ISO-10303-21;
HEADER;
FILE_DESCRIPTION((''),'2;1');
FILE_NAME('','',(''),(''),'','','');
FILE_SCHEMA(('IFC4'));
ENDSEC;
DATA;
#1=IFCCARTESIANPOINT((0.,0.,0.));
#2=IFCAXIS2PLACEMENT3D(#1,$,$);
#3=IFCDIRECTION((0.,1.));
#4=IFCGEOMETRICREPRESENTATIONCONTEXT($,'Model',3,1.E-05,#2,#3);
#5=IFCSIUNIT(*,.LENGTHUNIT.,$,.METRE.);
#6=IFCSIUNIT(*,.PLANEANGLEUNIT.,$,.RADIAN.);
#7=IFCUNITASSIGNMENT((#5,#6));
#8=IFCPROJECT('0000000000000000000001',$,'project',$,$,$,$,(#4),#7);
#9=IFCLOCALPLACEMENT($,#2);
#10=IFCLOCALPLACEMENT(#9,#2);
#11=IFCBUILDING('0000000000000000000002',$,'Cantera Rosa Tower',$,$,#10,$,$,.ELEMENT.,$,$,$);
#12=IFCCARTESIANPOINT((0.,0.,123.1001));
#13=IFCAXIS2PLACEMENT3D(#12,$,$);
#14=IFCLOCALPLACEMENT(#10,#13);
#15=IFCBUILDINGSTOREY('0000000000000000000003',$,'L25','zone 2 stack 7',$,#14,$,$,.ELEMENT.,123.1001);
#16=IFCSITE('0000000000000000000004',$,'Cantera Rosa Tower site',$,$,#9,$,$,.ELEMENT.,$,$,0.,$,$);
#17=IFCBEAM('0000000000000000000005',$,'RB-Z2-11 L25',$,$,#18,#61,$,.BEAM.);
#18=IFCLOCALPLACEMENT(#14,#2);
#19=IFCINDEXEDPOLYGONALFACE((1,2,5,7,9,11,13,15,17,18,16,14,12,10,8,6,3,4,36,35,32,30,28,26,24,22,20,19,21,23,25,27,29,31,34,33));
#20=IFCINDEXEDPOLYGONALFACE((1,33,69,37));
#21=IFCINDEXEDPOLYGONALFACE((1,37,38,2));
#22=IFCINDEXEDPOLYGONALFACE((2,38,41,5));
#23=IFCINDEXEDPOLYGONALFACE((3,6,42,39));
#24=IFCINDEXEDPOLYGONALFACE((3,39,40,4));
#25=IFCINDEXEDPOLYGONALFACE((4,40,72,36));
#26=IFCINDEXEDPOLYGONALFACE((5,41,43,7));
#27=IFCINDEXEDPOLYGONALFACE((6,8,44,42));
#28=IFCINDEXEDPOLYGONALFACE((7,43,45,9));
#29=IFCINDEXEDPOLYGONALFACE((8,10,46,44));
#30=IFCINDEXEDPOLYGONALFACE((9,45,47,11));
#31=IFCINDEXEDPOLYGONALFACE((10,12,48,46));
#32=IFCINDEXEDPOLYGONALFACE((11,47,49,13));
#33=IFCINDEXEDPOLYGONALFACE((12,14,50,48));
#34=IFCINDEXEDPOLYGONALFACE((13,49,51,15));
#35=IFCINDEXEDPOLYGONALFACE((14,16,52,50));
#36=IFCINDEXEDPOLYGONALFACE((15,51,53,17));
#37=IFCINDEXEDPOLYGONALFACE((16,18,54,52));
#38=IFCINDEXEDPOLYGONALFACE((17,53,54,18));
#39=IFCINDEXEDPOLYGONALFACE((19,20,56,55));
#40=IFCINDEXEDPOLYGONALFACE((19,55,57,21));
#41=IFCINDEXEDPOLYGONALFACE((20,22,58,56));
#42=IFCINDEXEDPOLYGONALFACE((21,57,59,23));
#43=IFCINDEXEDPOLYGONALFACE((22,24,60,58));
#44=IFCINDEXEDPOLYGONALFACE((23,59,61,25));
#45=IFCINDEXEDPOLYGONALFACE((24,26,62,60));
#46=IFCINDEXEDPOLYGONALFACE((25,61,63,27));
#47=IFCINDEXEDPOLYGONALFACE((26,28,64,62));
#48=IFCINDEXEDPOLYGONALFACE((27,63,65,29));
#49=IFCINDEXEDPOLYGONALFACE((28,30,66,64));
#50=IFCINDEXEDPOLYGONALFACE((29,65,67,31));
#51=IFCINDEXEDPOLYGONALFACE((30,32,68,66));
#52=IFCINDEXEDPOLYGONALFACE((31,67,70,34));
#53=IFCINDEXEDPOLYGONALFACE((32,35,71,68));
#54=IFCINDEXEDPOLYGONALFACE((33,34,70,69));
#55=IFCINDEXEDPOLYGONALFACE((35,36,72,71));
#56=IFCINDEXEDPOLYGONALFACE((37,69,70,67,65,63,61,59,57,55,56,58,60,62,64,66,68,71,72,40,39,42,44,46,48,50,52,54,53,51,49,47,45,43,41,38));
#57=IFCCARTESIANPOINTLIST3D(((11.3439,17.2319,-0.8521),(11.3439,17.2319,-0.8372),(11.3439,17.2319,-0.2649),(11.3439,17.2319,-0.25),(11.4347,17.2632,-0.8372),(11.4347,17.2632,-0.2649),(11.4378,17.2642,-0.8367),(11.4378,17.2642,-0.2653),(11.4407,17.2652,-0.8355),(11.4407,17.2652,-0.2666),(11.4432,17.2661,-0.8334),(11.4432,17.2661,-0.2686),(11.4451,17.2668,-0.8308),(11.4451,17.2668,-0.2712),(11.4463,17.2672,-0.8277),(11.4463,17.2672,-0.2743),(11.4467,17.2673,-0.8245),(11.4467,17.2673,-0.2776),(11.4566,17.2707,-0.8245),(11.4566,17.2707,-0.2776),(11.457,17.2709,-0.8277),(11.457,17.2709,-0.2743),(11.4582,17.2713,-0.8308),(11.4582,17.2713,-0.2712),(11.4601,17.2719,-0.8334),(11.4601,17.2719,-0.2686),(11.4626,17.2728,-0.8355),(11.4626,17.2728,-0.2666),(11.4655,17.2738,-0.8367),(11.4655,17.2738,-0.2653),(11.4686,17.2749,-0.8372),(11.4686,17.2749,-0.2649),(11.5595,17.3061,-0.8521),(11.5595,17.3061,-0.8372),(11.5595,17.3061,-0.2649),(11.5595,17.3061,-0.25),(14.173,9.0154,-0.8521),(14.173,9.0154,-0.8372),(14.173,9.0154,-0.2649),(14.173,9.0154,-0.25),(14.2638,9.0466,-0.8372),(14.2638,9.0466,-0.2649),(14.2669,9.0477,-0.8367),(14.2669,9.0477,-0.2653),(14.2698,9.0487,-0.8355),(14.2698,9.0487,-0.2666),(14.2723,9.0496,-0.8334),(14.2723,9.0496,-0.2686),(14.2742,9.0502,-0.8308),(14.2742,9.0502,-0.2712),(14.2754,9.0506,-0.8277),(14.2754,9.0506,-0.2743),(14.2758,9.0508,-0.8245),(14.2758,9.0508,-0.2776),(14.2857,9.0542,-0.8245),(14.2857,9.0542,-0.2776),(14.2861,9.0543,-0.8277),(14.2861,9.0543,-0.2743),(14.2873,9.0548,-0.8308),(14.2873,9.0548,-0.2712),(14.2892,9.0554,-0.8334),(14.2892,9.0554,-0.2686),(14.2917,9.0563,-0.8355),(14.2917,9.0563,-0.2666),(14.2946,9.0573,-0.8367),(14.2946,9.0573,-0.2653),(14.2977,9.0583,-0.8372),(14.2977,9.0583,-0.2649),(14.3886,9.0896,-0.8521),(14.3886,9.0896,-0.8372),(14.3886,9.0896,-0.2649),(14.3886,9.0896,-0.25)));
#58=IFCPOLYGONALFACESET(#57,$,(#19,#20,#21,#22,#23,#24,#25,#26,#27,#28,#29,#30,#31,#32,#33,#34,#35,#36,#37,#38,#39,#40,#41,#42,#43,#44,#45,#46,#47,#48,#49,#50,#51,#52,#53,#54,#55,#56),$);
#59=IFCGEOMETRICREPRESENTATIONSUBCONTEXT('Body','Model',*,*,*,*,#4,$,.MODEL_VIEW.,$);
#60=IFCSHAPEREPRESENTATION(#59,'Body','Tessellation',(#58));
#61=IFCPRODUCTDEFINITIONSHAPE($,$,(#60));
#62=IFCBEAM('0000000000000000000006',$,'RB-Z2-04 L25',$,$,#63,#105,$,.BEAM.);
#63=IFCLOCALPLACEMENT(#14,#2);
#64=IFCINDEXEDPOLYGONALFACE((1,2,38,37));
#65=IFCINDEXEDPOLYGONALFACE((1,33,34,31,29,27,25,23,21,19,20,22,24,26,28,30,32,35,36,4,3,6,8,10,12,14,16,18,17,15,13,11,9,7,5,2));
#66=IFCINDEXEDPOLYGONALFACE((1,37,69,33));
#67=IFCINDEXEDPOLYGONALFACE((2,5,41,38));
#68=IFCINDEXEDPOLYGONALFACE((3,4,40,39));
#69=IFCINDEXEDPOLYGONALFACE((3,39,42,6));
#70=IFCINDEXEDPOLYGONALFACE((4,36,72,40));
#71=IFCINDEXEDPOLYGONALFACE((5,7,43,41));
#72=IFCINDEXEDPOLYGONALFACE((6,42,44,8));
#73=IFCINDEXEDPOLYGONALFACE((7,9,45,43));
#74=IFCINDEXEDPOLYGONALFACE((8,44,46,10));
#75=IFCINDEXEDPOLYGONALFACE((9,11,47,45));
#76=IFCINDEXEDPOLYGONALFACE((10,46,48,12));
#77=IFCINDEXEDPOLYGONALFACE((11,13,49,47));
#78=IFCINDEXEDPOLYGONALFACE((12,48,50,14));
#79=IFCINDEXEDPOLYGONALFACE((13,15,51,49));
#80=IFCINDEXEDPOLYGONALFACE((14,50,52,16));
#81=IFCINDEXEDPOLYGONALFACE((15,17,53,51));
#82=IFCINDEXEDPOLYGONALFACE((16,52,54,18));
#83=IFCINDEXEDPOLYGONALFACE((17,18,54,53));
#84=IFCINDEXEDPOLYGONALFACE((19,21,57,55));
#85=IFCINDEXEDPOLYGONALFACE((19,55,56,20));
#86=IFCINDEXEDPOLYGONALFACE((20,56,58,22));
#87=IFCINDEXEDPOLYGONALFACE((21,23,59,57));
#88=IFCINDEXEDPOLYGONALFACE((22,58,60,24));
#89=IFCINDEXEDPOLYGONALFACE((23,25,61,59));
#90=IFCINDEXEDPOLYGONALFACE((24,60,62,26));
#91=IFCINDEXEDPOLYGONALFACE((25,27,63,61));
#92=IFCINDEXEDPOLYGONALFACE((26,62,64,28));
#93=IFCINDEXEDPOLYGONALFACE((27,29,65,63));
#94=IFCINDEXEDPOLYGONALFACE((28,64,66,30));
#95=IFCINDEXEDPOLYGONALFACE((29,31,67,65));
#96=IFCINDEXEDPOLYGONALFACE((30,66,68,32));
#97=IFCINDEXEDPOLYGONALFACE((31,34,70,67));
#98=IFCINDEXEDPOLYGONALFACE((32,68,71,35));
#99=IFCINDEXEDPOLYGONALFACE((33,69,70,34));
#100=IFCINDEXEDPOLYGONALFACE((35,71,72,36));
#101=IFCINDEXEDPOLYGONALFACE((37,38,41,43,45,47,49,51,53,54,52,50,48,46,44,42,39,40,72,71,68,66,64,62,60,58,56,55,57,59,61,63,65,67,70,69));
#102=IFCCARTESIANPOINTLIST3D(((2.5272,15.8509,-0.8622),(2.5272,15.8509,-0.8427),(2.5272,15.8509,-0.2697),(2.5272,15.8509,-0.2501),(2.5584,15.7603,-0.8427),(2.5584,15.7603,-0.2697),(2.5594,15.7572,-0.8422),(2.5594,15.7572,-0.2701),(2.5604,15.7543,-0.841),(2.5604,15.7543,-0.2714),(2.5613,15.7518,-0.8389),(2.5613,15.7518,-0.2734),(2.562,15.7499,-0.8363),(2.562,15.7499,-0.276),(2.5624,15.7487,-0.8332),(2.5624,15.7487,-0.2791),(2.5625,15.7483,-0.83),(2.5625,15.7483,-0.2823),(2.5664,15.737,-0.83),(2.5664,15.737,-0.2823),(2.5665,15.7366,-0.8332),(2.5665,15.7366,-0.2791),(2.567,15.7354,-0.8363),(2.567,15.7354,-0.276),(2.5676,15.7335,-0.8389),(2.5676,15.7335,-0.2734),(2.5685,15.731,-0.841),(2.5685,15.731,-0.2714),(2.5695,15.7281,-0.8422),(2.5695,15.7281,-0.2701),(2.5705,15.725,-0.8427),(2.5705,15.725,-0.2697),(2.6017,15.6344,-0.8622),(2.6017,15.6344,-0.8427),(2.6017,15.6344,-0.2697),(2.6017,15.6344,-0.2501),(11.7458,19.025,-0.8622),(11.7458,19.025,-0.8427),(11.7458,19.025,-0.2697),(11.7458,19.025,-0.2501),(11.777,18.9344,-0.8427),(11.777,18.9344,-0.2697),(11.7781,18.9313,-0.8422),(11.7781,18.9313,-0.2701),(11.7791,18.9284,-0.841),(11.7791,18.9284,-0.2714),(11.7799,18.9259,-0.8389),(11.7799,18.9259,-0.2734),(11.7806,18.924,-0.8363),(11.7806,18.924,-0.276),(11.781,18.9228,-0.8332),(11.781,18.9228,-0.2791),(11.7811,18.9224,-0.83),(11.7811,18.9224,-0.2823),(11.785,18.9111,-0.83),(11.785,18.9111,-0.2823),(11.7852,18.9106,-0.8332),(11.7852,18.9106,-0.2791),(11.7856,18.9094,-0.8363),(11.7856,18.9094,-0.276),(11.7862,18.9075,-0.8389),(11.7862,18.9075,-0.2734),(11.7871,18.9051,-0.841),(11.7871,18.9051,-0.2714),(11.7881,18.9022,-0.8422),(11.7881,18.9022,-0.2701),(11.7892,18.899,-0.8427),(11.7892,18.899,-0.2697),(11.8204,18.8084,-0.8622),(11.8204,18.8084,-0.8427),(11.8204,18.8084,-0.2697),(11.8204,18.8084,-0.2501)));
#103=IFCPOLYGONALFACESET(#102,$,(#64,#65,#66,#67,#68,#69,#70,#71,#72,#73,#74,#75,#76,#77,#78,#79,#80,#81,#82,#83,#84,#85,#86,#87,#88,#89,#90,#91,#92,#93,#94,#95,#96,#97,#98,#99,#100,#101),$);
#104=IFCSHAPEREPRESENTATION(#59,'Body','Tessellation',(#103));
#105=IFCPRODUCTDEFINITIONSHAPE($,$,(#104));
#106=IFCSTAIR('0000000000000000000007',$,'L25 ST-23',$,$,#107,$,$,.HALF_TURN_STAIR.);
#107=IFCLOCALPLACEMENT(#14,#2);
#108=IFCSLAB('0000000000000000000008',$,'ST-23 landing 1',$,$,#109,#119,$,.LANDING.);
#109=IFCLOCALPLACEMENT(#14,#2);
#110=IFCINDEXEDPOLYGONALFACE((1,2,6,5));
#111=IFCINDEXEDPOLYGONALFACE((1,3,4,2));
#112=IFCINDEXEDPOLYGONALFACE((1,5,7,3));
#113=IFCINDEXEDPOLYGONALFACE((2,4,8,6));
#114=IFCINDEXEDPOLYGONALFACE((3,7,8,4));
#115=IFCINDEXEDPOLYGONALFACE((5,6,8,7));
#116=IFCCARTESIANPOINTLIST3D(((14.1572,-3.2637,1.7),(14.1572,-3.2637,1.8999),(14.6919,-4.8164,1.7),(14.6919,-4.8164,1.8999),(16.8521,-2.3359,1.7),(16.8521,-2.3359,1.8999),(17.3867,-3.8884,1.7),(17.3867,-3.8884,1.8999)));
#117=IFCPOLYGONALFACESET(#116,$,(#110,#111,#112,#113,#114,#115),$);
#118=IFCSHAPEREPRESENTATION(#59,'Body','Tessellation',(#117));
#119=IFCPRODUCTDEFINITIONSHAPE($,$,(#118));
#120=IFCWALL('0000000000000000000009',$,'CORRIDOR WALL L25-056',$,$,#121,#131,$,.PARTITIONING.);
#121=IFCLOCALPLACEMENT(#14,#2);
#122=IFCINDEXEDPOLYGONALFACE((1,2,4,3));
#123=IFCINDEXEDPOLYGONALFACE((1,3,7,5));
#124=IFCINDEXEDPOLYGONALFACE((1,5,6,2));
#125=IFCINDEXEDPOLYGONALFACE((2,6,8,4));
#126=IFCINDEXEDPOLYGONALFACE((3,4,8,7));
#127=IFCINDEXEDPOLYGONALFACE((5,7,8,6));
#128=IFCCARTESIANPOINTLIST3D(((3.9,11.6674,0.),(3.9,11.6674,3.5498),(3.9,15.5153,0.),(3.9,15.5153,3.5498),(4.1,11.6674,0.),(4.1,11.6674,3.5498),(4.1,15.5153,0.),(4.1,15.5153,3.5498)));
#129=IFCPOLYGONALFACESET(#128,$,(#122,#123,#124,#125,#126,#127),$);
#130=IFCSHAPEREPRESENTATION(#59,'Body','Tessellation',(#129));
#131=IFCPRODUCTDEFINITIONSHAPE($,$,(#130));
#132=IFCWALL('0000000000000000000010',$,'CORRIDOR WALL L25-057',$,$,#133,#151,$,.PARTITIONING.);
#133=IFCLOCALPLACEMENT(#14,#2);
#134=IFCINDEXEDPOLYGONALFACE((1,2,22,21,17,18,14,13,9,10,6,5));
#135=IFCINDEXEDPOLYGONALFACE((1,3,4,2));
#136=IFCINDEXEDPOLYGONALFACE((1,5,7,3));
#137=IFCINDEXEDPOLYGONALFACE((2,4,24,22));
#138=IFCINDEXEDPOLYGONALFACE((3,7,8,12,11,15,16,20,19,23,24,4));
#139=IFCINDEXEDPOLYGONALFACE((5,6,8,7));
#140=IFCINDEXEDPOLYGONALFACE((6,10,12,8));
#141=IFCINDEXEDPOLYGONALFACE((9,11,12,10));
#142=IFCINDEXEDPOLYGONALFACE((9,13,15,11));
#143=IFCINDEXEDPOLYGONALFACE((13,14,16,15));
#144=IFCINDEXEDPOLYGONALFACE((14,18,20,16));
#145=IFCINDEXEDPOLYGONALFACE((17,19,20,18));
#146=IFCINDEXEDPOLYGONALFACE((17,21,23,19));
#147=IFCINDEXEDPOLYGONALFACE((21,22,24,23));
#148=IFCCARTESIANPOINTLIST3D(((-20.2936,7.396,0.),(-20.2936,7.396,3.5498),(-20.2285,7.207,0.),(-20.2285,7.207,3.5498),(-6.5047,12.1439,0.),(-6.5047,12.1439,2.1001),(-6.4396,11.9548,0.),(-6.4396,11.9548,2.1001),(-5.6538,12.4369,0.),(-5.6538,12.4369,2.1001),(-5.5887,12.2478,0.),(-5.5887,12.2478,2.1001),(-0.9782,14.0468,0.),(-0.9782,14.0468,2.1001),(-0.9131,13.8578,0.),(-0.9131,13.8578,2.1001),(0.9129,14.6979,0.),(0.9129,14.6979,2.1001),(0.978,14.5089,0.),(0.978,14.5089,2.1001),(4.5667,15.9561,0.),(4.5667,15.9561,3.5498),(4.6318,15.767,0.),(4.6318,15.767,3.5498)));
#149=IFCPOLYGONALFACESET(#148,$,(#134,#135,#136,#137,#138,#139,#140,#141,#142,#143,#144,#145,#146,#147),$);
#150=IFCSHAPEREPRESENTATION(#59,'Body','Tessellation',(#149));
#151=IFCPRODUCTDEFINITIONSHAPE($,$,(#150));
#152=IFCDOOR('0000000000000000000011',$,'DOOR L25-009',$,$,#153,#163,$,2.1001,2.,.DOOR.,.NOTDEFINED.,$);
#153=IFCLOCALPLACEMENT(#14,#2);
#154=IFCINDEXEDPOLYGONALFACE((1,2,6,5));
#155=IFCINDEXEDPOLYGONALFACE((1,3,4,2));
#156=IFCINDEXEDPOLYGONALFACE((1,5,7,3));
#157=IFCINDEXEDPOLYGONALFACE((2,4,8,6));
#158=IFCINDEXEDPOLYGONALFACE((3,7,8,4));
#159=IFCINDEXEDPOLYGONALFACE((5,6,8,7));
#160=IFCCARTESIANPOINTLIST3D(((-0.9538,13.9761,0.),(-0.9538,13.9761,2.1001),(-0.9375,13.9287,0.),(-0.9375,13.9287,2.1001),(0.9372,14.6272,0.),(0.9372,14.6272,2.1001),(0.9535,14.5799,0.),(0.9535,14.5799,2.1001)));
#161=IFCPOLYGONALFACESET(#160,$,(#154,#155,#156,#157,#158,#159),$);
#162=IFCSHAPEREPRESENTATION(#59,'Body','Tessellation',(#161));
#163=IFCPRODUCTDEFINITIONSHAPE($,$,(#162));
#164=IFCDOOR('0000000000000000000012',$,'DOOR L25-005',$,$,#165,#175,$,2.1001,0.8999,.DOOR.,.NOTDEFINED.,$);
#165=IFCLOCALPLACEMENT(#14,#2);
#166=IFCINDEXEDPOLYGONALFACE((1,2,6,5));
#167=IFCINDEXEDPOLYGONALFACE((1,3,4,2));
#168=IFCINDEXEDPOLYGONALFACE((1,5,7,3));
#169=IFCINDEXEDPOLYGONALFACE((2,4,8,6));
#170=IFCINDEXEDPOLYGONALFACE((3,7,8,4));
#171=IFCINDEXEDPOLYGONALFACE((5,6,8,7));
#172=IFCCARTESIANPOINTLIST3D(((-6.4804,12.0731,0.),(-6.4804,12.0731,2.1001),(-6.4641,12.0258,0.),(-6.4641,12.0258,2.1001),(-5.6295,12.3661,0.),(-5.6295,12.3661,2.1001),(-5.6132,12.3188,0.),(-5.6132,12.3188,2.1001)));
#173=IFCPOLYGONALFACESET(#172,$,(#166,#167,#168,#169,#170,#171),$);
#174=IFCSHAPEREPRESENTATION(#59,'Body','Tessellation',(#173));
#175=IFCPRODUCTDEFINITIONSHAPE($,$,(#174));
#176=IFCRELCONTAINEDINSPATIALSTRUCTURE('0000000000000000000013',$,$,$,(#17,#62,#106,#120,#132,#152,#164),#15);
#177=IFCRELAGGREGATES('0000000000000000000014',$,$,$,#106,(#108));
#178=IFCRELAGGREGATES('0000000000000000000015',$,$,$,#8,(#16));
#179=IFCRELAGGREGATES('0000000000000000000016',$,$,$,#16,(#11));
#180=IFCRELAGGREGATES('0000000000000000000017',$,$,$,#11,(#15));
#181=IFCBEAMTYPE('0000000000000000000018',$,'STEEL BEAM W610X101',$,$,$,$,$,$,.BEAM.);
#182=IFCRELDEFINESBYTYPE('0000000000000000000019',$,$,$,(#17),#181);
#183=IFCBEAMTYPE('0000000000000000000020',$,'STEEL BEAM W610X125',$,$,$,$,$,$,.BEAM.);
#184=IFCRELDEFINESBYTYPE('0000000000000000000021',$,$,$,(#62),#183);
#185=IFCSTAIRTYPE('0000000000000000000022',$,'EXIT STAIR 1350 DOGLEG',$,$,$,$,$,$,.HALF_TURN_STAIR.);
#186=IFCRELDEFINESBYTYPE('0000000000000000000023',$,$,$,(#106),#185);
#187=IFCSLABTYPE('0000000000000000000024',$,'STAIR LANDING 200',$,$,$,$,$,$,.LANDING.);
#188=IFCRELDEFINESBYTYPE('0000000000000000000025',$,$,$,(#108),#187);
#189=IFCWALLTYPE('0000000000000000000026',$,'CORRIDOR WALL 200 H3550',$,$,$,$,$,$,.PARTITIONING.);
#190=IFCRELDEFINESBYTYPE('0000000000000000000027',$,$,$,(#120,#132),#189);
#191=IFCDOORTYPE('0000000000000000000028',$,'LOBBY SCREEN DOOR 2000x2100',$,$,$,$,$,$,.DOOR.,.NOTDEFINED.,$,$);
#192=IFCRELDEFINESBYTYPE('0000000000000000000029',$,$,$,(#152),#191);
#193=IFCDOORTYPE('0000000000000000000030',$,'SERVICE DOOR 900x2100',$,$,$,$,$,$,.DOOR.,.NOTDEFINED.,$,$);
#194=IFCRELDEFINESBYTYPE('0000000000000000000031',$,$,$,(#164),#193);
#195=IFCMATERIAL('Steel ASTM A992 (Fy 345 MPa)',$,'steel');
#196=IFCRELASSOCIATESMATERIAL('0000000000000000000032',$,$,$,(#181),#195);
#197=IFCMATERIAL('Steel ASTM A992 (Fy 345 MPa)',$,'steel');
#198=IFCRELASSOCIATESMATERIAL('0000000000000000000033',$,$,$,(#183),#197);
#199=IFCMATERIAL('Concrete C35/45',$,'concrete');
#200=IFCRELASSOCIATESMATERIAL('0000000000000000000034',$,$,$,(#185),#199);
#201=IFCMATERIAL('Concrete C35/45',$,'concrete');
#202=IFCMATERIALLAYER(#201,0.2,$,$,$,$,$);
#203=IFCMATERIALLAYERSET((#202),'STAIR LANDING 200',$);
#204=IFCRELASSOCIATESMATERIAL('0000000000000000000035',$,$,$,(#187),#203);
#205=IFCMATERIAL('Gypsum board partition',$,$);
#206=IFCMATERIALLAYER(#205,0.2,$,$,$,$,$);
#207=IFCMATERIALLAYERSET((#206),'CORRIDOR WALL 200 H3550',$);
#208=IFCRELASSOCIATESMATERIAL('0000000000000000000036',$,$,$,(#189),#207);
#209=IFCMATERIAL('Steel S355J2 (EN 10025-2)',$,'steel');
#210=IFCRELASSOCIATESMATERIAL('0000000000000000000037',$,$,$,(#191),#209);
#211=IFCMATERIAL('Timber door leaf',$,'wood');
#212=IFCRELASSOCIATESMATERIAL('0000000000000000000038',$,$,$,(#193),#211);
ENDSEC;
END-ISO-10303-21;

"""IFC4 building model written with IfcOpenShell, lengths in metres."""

from ifc_helpers import new_model, si_unit, direction, frame, frame_2d, origin, origin_2d, place, context, subcontext, project, spatial, polyline, rectangle, i_section, outline, extrude, material, layer, layer_set, material_profile, profile_set, type_object, element, fill, aggregate, save


model = new_model("IFC4")

# Units and contexts
model_context = context("Model", 3, precision=1e-05, world=origin(), true_north=direction((0.0, 1.0)))
body_context = subcontext(model_context, "Body", "Model", "MODEL_VIEW")
ifc_project = project(units=[si_unit("LENGTHUNIT", "METRE"), si_unit("PLANEANGLEUNIT", "RADIAN")], contexts=[model_context])

# Site, building, storey
site_placement = place(None, origin())
site = spatial("IfcSite", under=ifc_project, at=site_placement, Name="Cantera Rosa Tower site", CompositionType="ELEMENT", RefElevation=0.0)
building_placement = place(site_placement, origin())
building = spatial("IfcBuilding", under=site, at=building_placement, Name="Cantera Rosa Tower", CompositionType="ELEMENT")
storey_placement = place(building_placement, frame((0.0, 0.0, 123.1001)))
storey = spatial("IfcBuildingStorey", under=building, at=storey_placement, Name="L25", Description="zone 2 stack 7", CompositionType="ELEMENT", Elevation=123.1001)

# Beams
ifc_material_1 = material(Name="Steel ASTM A992 (Fy 345 MPa)", Category="steel")
ifc_material_profile_1 = material_profile(ifc_material_1, i_section(OverallWidth=0.228, OverallDepth=0.6021, WebThickness=0.0105, FlangeThickness=0.0149, FilletRadius=0.0127, at=origin_2d()), Name="W610X101")
ifc_profile_set_1 = profile_set([ifc_material_profile_1], Name="Steel ASTM A992 (Fy 345 MPa)")
beam_type_1 = type_object("IfcBeamType", Name="STEEL BEAM W610X101", PredefinedType="BEAM", material=ifc_profile_set_1)
beam_1_placement = place(storey_placement, frame((14.2808, 9.0525, -0.551), z_axis=(-0.325559, 0.945522, 0.0), x_axis=(-0.945522, -0.325559, 0.0)))
element("IfcBeam", 1, at=beam_1_placement, inside=storey, type_object=beam_type_1, Name="RB-Z2-11 L25", PredefinedType="BEAM", context=body_context, shape_type="SweptSolid", body=[
    extrude(i_section(OverallWidth=0.228, OverallDepth=0.6021, WebThickness=0.0105, FlangeThickness=0.0149, FilletRadius=0.0127, at=origin_2d()), origin(), (0.0, 0.0, 1.0), 8.6899),
])
ifc_material_2 = material(Name="Steel ASTM A992 (Fy 345 MPa)", Category="steel")
ifc_material_profile_2 = material_profile(ifc_material_2, i_section(OverallWidth=0.229, OverallDepth=0.6121, WebThickness=0.012, FlangeThickness=0.0195, FilletRadius=0.0127, at=origin_2d()), Name="W610X125")
ifc_profile_set_2 = profile_set([ifc_material_profile_2], Name="Steel ASTM A992 (Fy 345 MPa)")
beam_type_2 = type_object("IfcBeamType", Name="STEEL BEAM W610X125", PredefinedType="BEAM", material=ifc_profile_set_2)
beam_2_placement = place(storey_placement, frame((2.5645, 15.7427, -0.5562), z_axis=(0.945525, 0.32555, 0.0), x_axis=(-0.32555, 0.945525, 0.0)))
element("IfcBeam", 2, at=beam_2_placement, inside=storey, type_object=beam_type_2, Name="RB-Z2-04 L25", PredefinedType="BEAM", context=body_context, shape_type="SweptSolid", body=[
    extrude(i_section(OverallWidth=0.229, OverallDepth=0.6121, WebThickness=0.012, FlangeThickness=0.0195, FilletRadius=0.0127, at=origin_2d()), origin(), (0.0, 0.0, 1.0), 9.7498),
])

# Stair, slab
ifc_material_3 = material(Name="Concrete C35/45", Category="concrete")
stair_type = type_object("IfcStairType", Name="EXIT STAIR 1350 DOGLEG", PredefinedType="HALF_TURN_STAIR", material=ifc_material_3)
stair_1_placement = place(storey_placement, origin())
stair_1 = element("IfcStair", 3, at=stair_1_placement, inside=storey, type_object=stair_type, Name="L25 ST-23", PredefinedType="HALF_TURN_STAIR")
ifc_material_4 = material(Name="Concrete C35/45", Category="concrete")
ifc_layer_1 = layer(ifc_material_4, 0.2)
ifc_layer_set_1 = layer_set([ifc_layer_1], Name="STAIR LANDING 200")
slab_type = type_object("IfcSlabType", Name="STAIR LANDING 200", PredefinedType="LANDING", material=ifc_layer_set_1)
slab_placement = place(storey_placement, frame((0.0, 0.0, 1.7)))
slab = element("IfcSlab", 4, at=slab_placement, type_object=slab_type, Name="ST-23 landing 1", PredefinedType="LANDING", context=body_context, shape_type="SweptSolid", body=[
    extrude(outline(polyline([(17.3867, -3.8884), (16.8521, -2.3359), (14.1572, -3.2637), (14.6919, -4.8164), (17.3867, -3.8884)])), origin(), (0.0, 0.0, 1.0), 0.2),
])
aggregate(stair_1, [slab])

# Wall
ifc_material_5 = material(Name="Gypsum board partition")
ifc_layer_2 = layer(ifc_material_5, 0.2)
ifc_layer_set_2 = layer_set([ifc_layer_2], Name="CORRIDOR WALL 200 H3550")
wall_type_1 = type_object("IfcWallType", Name="CORRIDOR WALL 200 H3550", PredefinedType="PARTITIONING", material=ifc_layer_set_2)
wall_1_placement = place(storey_placement, frame((4.0, 15.5151, 0.0), z_axis=(0.0, 0.0, 1.0), x_axis=(0.0, -1.0, 0.0)))
element("IfcWall", 5, at=wall_1_placement, inside=storey, type_object=wall_type_1, Name="CORRIDOR WALL L25-056", PredefinedType="PARTITIONING", context=body_context, shape_type="SweptSolid", body=[
    extrude(rectangle(XDim=3.8479, YDim=0.2, at=frame_2d((1.9238, 0.0))), origin(), (0.0, 0.0, 1.0), 3.5498),
])

# Wall, openings, doors
wall_2_placement = place(storey_placement, frame((4.5994, 15.8616, 0.0), z_axis=(0.0, 0.0, 1.0), x_axis=(-0.945519, -0.325567, 0.0)))
wall_2 = element("IfcWall", 6, at=wall_2_placement, inside=storey, type_object=wall_type_1, Name="CORRIDOR WALL L25-057", PredefinedType="PARTITIONING", context=body_context, shape_type="SweptSolid", body=[
    extrude(rectangle(XDim=26.2927, YDim=0.2, at=frame_2d((13.1465, 0.0))), origin(), (0.0, 0.0, 1.0), 3.5498),
])
opening_1_placement = place(wall_2_placement, frame((10.8096, 0.0, 0.0)))
opening_1 = element("IfcOpeningElement", 7, at=opening_1_placement, cuts=wall_2, PredefinedType="OPENING", context=body_context, shape_type="SweptSolid", body=[
    extrude(rectangle(XDim=0.8999, YDim=2.1001, at=frame_2d((0.45, 1.05))), frame((0.0, 0.1099, 0.0), z_axis=(0.0, -1.0, 0.0), x_axis=(1.0, 0.0, 0.0)), (0.0, 0.0, 1.0), 0.22),
])
opening_2_placement = place(wall_2_placement, frame((3.8645, 0.0, 0.0)))
opening_2 = element("IfcOpeningElement", 8, at=opening_2_placement, cuts=wall_2, PredefinedType="OPENING", context=body_context, shape_type="SweptSolid", body=[
    extrude(rectangle(XDim=2.0, YDim=2.1001, at=frame_2d((1.0, 1.05))), frame((0.0, 0.1099, 0.0), z_axis=(0.0, -1.0, 0.0), x_axis=(1.0, 0.0, 0.0)), (0.0, 0.0, 1.0), 0.22),
])
ifc_material_6 = material(Name="Steel S355J2 (EN 10025-2)", Category="steel")
door_type_1 = type_object("IfcDoorType", Name="LOBBY SCREEN DOOR 2000x2100", OperationType="NOTDEFINED", PredefinedType="DOOR", material=ifc_material_6)
door_1_placement = place(opening_2_placement, origin())
door_1 = element("IfcDoor", 9, at=door_1_placement, inside=storey, type_object=door_type_1, Name="DOOR L25-009", OperationType="NOTDEFINED", OverallHeight=2.1001, OverallWidth=2.0, PredefinedType="DOOR", context=body_context, shape_type="SweptSolid", body=[
    extrude(rectangle(XDim=2.0, YDim=2.1001, at=frame_2d((1.0, 1.05))), frame((0.0, 0.0249, 0.0), z_axis=(0.0, -1.0, 0.0), x_axis=(1.0, 0.0, 0.0)), (0.0, 0.0, 1.0), 0.05),
])
fill(opening_2, door_1)
ifc_material_7 = material(Name="Timber door leaf", Category="wood")
door_type_2 = type_object("IfcDoorType", Name="SERVICE DOOR 900x2100", OperationType="NOTDEFINED", PredefinedType="DOOR", material=ifc_material_7)
door_2_placement = place(opening_1_placement, origin())
door_2 = element("IfcDoor", 10, at=door_2_placement, inside=storey, type_object=door_type_2, Name="DOOR L25-005", OperationType="NOTDEFINED", OverallHeight=2.1001, OverallWidth=0.8999, PredefinedType="DOOR", context=body_context, shape_type="SweptSolid", body=[
    extrude(rectangle(XDim=0.8999, YDim=2.1001, at=frame_2d((0.45, 1.05))), frame((0.0, 0.0249, 0.0), z_axis=(0.0, -1.0, 0.0), x_axis=(1.0, 0.0, 0.0)), (0.0, 0.0, 1.0), 0.05),
])
fill(opening_1, door_2)

save(model, "model.ifc")
